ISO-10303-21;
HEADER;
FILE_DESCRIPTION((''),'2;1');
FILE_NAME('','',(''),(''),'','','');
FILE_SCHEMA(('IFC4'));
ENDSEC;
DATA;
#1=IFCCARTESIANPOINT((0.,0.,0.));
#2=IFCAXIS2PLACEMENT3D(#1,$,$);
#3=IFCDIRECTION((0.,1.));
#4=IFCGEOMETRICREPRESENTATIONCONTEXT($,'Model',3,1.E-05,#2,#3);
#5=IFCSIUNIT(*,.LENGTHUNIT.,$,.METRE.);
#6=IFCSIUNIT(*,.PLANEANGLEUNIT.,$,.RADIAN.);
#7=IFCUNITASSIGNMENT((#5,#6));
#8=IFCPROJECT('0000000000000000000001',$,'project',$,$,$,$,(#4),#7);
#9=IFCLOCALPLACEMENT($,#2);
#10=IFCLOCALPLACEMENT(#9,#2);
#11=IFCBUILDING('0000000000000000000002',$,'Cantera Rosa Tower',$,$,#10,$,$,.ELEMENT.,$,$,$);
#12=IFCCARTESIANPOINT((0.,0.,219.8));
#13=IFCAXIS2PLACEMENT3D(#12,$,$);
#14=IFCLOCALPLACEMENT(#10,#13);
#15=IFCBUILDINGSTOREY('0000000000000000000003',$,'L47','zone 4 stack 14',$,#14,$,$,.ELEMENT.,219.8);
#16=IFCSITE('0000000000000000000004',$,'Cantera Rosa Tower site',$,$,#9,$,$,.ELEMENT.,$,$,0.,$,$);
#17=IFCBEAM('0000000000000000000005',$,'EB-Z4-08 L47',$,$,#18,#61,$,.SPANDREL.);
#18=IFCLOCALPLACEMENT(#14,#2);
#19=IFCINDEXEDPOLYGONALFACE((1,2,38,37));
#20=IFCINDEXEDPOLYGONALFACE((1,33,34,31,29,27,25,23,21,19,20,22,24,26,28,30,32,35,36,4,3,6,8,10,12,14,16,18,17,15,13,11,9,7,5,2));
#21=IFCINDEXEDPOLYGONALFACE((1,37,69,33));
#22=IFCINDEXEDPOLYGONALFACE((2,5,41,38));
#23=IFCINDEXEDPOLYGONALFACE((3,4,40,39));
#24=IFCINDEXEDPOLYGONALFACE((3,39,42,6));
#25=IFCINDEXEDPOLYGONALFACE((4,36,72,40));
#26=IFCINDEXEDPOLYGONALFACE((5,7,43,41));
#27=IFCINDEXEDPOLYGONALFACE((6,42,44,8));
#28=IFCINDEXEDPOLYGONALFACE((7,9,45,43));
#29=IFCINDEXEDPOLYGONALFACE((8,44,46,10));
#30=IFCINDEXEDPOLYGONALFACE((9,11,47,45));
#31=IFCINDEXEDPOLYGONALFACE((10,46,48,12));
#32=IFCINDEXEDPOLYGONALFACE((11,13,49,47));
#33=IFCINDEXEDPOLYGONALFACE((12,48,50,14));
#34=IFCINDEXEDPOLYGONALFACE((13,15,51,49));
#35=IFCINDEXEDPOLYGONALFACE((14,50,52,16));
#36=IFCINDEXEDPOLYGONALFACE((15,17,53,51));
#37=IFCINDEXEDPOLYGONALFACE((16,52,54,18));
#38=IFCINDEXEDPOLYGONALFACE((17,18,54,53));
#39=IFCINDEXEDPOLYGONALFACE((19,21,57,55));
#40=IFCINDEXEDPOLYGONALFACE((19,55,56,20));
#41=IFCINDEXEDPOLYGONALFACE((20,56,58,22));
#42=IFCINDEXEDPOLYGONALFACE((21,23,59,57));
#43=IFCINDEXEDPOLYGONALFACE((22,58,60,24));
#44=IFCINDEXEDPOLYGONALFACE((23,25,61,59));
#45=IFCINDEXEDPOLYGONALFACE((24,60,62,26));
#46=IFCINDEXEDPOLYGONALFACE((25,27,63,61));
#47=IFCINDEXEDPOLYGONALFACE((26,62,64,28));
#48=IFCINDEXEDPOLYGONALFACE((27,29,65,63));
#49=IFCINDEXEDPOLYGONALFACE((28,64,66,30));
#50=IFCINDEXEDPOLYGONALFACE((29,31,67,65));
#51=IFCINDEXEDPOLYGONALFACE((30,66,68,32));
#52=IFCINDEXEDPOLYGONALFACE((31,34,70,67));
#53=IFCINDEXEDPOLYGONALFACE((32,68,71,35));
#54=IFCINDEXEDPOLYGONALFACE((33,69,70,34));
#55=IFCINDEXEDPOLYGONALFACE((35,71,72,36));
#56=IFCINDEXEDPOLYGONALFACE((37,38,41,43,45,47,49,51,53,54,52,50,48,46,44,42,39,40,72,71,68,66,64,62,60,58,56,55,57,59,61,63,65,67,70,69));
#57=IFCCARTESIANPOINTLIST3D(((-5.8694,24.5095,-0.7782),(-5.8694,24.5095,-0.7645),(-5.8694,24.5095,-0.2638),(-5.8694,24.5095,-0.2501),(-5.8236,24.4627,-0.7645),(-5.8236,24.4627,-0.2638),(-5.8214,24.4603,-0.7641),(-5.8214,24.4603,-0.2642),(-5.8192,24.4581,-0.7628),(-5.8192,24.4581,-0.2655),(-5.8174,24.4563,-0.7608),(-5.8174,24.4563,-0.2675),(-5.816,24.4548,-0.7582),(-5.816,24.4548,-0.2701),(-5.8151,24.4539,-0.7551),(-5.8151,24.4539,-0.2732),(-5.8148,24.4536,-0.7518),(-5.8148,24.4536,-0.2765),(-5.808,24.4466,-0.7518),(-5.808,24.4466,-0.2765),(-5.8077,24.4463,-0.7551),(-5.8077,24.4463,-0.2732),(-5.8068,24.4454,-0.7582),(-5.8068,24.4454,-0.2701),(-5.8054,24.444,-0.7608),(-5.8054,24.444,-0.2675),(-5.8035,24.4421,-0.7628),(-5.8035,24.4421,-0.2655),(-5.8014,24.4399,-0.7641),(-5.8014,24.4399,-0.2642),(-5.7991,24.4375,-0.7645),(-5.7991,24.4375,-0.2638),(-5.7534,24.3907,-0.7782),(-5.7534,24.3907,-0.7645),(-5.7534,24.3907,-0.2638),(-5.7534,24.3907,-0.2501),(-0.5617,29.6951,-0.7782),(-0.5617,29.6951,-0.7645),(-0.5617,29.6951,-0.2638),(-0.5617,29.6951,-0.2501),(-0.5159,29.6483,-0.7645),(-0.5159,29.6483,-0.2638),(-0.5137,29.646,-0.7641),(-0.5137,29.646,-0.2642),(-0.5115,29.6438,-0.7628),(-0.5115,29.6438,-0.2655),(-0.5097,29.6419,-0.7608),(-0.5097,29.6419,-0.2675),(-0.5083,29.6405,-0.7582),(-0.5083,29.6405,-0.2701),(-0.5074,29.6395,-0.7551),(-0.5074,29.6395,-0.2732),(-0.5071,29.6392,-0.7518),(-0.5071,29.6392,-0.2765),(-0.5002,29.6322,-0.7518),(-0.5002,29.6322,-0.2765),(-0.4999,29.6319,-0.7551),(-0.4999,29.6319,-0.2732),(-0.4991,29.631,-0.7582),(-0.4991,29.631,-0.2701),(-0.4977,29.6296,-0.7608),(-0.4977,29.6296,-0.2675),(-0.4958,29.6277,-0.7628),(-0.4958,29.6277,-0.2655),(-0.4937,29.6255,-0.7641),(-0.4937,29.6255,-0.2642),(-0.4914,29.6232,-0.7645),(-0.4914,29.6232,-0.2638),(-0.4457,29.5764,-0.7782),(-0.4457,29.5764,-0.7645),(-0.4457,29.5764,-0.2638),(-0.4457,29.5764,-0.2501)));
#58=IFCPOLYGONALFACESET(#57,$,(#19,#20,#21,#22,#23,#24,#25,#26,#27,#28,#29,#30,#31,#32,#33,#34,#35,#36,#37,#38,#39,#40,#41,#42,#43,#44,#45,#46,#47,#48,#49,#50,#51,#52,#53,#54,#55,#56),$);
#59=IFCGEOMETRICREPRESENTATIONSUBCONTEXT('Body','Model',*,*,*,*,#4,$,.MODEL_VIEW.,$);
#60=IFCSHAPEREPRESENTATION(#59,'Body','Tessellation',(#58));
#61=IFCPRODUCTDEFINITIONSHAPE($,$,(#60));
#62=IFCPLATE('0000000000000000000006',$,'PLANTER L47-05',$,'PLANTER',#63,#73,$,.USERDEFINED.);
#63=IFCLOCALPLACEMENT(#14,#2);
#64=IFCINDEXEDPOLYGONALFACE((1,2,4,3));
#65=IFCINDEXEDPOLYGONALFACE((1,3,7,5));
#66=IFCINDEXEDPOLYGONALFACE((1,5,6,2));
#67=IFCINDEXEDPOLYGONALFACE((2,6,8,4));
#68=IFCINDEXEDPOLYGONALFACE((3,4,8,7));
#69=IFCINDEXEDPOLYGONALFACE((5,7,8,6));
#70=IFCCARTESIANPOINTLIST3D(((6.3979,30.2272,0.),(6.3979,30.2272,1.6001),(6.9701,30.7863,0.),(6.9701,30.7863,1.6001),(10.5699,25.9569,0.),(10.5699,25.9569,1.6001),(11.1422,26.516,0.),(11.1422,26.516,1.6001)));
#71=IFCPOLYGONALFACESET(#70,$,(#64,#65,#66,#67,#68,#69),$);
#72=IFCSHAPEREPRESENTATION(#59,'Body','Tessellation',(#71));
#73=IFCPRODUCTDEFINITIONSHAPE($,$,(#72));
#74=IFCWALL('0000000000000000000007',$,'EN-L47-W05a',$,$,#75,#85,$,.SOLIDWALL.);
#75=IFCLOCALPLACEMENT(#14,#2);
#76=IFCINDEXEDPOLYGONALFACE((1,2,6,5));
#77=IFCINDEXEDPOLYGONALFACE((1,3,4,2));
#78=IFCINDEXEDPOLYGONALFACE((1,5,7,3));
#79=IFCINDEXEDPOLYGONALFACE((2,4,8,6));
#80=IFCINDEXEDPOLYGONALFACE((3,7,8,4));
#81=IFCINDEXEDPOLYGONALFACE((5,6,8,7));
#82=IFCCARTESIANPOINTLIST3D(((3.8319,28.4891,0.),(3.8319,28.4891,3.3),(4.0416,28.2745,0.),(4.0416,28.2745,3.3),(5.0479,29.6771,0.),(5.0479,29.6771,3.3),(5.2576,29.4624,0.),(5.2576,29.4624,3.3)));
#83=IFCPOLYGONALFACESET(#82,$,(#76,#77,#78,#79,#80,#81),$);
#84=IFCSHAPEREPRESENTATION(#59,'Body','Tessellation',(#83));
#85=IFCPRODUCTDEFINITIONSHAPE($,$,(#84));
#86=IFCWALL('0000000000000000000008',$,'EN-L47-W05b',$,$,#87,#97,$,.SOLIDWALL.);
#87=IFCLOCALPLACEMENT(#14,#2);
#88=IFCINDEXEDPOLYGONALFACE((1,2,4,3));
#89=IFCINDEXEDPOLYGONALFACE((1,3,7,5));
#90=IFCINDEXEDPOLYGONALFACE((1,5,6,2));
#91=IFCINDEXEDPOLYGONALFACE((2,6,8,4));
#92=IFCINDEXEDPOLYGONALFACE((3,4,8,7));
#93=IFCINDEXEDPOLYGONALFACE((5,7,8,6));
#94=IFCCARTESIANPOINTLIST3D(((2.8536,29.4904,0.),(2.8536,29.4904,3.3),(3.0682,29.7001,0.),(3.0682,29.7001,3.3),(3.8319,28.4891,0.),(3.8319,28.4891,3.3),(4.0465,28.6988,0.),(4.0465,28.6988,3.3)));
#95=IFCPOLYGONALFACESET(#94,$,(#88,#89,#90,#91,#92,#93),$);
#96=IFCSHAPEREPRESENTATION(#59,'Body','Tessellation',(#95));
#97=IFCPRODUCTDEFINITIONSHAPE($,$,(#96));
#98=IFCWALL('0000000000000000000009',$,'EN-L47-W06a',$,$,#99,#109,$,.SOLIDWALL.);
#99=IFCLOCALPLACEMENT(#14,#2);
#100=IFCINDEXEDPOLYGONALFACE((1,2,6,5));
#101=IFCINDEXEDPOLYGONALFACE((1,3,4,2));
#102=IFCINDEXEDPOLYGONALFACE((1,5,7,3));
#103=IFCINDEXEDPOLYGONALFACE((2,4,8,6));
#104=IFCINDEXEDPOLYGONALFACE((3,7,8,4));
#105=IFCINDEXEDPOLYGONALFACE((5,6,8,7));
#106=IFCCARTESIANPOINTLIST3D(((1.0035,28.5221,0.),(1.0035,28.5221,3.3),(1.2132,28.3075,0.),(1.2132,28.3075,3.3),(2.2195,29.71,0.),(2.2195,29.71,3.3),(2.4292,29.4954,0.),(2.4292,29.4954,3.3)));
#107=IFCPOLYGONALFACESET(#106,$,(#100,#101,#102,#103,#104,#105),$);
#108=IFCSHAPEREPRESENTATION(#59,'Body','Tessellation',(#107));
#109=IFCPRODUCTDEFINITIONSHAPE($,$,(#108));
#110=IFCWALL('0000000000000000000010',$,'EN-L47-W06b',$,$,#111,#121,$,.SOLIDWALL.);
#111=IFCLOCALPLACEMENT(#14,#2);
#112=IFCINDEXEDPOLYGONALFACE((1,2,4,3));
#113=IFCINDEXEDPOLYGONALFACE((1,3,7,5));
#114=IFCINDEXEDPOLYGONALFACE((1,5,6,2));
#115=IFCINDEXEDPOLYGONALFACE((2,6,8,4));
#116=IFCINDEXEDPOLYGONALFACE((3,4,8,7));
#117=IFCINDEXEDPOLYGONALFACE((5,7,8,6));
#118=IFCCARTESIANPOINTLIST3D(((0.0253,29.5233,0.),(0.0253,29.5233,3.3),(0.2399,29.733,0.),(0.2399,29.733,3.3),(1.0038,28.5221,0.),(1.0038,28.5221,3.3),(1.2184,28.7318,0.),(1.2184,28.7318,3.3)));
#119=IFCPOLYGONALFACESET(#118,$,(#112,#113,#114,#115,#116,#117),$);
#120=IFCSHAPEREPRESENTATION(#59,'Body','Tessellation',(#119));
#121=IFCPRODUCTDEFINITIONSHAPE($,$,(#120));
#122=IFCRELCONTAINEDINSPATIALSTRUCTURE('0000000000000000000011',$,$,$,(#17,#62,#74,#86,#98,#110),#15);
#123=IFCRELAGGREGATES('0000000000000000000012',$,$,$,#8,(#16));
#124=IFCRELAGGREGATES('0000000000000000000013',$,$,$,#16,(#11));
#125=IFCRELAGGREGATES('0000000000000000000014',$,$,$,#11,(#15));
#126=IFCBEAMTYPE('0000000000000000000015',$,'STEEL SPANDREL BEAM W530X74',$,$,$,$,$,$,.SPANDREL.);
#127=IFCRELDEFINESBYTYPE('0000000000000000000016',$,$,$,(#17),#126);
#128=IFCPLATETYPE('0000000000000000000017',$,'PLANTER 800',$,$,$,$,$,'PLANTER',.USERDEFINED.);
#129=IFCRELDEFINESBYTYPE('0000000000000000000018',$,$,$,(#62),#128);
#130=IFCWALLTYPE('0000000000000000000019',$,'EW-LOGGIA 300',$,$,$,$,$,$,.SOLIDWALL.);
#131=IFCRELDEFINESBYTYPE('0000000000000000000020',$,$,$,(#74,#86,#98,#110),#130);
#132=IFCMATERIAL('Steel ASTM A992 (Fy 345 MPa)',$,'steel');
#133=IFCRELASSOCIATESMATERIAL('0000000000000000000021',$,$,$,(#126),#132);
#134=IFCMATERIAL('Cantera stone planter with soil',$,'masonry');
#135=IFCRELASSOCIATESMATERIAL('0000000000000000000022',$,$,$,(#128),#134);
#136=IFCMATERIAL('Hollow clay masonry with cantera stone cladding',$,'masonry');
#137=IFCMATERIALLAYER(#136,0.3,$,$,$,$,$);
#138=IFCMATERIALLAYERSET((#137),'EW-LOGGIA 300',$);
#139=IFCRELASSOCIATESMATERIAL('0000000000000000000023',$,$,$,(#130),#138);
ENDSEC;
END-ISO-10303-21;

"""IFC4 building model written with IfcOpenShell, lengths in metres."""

from ifc_helpers import new_model, si_unit, direction, frame, frame_2d, origin, origin_2d, place, context, subcontext, project, spatial, rectangle, i_section, extrude, material, layer, layer_set, material_profile, profile_set, type_object, element, save


model = new_model("IFC4")

# Units and contexts
model_context = context("Model", 3, precision=1e-05, world=origin(), true_north=direction((0.0, 1.0)))
body_context = subcontext(model_context, "Body", "Model", "MODEL_VIEW")
ifc_project = project(units=[si_unit("LENGTHUNIT", "METRE"), si_unit("PLANEANGLEUNIT", "RADIAN")], contexts=[model_context])

# Site, building, storey
site_placement = place(None, origin())
site = spatial("IfcSite", under=ifc_project, at=site_placement, Name="Cantera Rosa Tower site", CompositionType="ELEMENT", RefElevation=0.0)
building_placement = place(site_placement, origin())
building = spatial("IfcBuilding", under=site, at=building_placement, Name="Cantera Rosa Tower", CompositionType="ELEMENT")
storey_placement = place(building_placement, frame((0.0, 0.0, 219.8)))
storey = spatial("IfcBuildingStorey", under=building, at=storey_placement, Name="L47", Description="zone 4 stack 14", CompositionType="ELEMENT", Elevation=219.8)

# Beam
ifc_material_1 = material(Name="Steel ASTM A992 (Fy 345 MPa)", Category="steel")
ifc_material_profile_1 = material_profile(ifc_material_1, i_section(OverallWidth=0.166, OverallDepth=0.5281, WebThickness=0.0098, FlangeThickness=0.0137, FilletRadius=0.0127, at=origin_2d()), Name="W530X74")
ifc_profile_set_1 = profile_set([ifc_material_profile_1], Name="Steel ASTM A992 (Fy 345 MPa)")
beam_type_1 = type_object("IfcBeamType", Name="STEEL SPANDREL BEAM W530X74", PredefinedType="SPANDREL", material=ifc_profile_set_1)
beam_1_placement = place(storey_placement, frame((-0.5037, 29.6357, -0.5142), z_axis=(-0.715284, -0.698833, 0.0), x_axis=(0.698833, -0.715284, 0.0)))
element("IfcBeam", 1, at=beam_1_placement, inside=storey, type_object=beam_type_1, Name="EB-Z4-08 L47", PredefinedType="SPANDREL", context=body_context, shape_type="SweptSolid", body=[
    extrude(i_section(OverallWidth=0.166, OverallDepth=0.5281, WebThickness=0.0098, FlangeThickness=0.0137, FilletRadius=0.0127, at=origin_2d()), origin(), (0.0, 0.0, 1.0), 7.4204),
])

# Plate
ifc_material_2 = material(Name="Cantera stone planter with soil", Category="masonry")
plate_type = type_object("IfcPlateType", Name="PLANTER 800", ElementType="PLANTER", PredefinedType="USERDEFINED", material=ifc_material_2)
plate_placement = place(storey_placement, frame((8.77, 28.3716, 0.0), z_axis=(0.0, 0.0, 1.0), x_axis=(-0.698832, 0.715286, 0.0)))
element("IfcPlate", 2, at=plate_placement, inside=storey, type_object=plate_type, Name="PLANTER L47-05", ObjectType="PLANTER", PredefinedType="USERDEFINED", context=body_context, shape_type="SweptSolid", body=[
    extrude(rectangle(XDim=5.97, YDim=0.8, at=origin_2d()), origin(), (0.0, 0.0, 1.0), 1.6001),
])

# Walls
ifc_material_3 = material(Name="Hollow clay masonry with cantera stone cladding", Category="masonry")
ifc_layer_1 = layer(ifc_material_3, 0.3)
ifc_layer_set_1 = layer_set([ifc_layer_1], Name="EW-LOGGIA 300")
wall_type_1 = type_object("IfcWallType", Name="EW-LOGGIA 300", PredefinedType="SOLIDWALL", material=ifc_layer_set_1)
wall_1_placement = place(storey_placement, frame((5.1528, 29.5698, 0.0), z_axis=(0.0, 0.0, 1.0), x_axis=(-0.715316, -0.698801, 0.0)))
element("IfcWall", 3, at=wall_1_placement, inside=storey, type_object=wall_type_1, Name="EN-L47-W05a", PredefinedType="SOLIDWALL", context=body_context, shape_type="SweptSolid", body=[
    extrude(rectangle(XDim=1.7, YDim=0.3, at=frame_2d((0.8501, 0.0))), origin(), (0.0, 0.0, 1.0), 3.3),
])
wall_2_placement = place(storey_placement, frame((3.9392, 28.594, 0.0), z_axis=(0.0, 0.0, 1.0), x_axis=(-0.698862, 0.715257, 0.0)))
element("IfcWall", 4, at=wall_2_placement, inside=storey, type_object=wall_type_1, Name="EN-L47-W05b", PredefinedType="SOLIDWALL", context=body_context, shape_type="SweptSolid", body=[
    extrude(rectangle(XDim=1.3999, YDim=0.3, at=frame_2d((0.7, 0.0))), origin(), (0.0, 0.0, 1.0), 3.3),
])
wall_3_placement = place(storey_placement, frame((2.3245, 29.6028, 0.0), z_axis=(0.0, 0.0, 1.0), x_axis=(-0.715316, -0.698801, 0.0)))
element("IfcWall", 5, at=wall_3_placement, inside=storey, type_object=wall_type_1, Name="EN-L47-W06a", PredefinedType="SOLIDWALL", context=body_context, shape_type="SweptSolid", body=[
    extrude(rectangle(XDim=1.7, YDim=0.3, at=frame_2d((0.8501, 0.0))), origin(), (0.0, 0.0, 1.0), 3.3),
])
wall_4_placement = place(storey_placement, frame((1.1111, 28.627, 0.0), z_axis=(0.0, 0.0, 1.0), x_axis=(-0.698951, 0.715169, 0.0)))
element("IfcWall", 6, at=wall_4_placement, inside=storey, type_object=wall_type_1, Name="EN-L47-W06b", PredefinedType="SOLIDWALL", context=body_context, shape_type="SweptSolid", body=[
    extrude(rectangle(XDim=1.3999, YDim=0.3, at=frame_2d((0.7, 0.0))), origin(), (0.0, 0.0, 1.0), 3.3),
])

save(model, "model.ifc")
